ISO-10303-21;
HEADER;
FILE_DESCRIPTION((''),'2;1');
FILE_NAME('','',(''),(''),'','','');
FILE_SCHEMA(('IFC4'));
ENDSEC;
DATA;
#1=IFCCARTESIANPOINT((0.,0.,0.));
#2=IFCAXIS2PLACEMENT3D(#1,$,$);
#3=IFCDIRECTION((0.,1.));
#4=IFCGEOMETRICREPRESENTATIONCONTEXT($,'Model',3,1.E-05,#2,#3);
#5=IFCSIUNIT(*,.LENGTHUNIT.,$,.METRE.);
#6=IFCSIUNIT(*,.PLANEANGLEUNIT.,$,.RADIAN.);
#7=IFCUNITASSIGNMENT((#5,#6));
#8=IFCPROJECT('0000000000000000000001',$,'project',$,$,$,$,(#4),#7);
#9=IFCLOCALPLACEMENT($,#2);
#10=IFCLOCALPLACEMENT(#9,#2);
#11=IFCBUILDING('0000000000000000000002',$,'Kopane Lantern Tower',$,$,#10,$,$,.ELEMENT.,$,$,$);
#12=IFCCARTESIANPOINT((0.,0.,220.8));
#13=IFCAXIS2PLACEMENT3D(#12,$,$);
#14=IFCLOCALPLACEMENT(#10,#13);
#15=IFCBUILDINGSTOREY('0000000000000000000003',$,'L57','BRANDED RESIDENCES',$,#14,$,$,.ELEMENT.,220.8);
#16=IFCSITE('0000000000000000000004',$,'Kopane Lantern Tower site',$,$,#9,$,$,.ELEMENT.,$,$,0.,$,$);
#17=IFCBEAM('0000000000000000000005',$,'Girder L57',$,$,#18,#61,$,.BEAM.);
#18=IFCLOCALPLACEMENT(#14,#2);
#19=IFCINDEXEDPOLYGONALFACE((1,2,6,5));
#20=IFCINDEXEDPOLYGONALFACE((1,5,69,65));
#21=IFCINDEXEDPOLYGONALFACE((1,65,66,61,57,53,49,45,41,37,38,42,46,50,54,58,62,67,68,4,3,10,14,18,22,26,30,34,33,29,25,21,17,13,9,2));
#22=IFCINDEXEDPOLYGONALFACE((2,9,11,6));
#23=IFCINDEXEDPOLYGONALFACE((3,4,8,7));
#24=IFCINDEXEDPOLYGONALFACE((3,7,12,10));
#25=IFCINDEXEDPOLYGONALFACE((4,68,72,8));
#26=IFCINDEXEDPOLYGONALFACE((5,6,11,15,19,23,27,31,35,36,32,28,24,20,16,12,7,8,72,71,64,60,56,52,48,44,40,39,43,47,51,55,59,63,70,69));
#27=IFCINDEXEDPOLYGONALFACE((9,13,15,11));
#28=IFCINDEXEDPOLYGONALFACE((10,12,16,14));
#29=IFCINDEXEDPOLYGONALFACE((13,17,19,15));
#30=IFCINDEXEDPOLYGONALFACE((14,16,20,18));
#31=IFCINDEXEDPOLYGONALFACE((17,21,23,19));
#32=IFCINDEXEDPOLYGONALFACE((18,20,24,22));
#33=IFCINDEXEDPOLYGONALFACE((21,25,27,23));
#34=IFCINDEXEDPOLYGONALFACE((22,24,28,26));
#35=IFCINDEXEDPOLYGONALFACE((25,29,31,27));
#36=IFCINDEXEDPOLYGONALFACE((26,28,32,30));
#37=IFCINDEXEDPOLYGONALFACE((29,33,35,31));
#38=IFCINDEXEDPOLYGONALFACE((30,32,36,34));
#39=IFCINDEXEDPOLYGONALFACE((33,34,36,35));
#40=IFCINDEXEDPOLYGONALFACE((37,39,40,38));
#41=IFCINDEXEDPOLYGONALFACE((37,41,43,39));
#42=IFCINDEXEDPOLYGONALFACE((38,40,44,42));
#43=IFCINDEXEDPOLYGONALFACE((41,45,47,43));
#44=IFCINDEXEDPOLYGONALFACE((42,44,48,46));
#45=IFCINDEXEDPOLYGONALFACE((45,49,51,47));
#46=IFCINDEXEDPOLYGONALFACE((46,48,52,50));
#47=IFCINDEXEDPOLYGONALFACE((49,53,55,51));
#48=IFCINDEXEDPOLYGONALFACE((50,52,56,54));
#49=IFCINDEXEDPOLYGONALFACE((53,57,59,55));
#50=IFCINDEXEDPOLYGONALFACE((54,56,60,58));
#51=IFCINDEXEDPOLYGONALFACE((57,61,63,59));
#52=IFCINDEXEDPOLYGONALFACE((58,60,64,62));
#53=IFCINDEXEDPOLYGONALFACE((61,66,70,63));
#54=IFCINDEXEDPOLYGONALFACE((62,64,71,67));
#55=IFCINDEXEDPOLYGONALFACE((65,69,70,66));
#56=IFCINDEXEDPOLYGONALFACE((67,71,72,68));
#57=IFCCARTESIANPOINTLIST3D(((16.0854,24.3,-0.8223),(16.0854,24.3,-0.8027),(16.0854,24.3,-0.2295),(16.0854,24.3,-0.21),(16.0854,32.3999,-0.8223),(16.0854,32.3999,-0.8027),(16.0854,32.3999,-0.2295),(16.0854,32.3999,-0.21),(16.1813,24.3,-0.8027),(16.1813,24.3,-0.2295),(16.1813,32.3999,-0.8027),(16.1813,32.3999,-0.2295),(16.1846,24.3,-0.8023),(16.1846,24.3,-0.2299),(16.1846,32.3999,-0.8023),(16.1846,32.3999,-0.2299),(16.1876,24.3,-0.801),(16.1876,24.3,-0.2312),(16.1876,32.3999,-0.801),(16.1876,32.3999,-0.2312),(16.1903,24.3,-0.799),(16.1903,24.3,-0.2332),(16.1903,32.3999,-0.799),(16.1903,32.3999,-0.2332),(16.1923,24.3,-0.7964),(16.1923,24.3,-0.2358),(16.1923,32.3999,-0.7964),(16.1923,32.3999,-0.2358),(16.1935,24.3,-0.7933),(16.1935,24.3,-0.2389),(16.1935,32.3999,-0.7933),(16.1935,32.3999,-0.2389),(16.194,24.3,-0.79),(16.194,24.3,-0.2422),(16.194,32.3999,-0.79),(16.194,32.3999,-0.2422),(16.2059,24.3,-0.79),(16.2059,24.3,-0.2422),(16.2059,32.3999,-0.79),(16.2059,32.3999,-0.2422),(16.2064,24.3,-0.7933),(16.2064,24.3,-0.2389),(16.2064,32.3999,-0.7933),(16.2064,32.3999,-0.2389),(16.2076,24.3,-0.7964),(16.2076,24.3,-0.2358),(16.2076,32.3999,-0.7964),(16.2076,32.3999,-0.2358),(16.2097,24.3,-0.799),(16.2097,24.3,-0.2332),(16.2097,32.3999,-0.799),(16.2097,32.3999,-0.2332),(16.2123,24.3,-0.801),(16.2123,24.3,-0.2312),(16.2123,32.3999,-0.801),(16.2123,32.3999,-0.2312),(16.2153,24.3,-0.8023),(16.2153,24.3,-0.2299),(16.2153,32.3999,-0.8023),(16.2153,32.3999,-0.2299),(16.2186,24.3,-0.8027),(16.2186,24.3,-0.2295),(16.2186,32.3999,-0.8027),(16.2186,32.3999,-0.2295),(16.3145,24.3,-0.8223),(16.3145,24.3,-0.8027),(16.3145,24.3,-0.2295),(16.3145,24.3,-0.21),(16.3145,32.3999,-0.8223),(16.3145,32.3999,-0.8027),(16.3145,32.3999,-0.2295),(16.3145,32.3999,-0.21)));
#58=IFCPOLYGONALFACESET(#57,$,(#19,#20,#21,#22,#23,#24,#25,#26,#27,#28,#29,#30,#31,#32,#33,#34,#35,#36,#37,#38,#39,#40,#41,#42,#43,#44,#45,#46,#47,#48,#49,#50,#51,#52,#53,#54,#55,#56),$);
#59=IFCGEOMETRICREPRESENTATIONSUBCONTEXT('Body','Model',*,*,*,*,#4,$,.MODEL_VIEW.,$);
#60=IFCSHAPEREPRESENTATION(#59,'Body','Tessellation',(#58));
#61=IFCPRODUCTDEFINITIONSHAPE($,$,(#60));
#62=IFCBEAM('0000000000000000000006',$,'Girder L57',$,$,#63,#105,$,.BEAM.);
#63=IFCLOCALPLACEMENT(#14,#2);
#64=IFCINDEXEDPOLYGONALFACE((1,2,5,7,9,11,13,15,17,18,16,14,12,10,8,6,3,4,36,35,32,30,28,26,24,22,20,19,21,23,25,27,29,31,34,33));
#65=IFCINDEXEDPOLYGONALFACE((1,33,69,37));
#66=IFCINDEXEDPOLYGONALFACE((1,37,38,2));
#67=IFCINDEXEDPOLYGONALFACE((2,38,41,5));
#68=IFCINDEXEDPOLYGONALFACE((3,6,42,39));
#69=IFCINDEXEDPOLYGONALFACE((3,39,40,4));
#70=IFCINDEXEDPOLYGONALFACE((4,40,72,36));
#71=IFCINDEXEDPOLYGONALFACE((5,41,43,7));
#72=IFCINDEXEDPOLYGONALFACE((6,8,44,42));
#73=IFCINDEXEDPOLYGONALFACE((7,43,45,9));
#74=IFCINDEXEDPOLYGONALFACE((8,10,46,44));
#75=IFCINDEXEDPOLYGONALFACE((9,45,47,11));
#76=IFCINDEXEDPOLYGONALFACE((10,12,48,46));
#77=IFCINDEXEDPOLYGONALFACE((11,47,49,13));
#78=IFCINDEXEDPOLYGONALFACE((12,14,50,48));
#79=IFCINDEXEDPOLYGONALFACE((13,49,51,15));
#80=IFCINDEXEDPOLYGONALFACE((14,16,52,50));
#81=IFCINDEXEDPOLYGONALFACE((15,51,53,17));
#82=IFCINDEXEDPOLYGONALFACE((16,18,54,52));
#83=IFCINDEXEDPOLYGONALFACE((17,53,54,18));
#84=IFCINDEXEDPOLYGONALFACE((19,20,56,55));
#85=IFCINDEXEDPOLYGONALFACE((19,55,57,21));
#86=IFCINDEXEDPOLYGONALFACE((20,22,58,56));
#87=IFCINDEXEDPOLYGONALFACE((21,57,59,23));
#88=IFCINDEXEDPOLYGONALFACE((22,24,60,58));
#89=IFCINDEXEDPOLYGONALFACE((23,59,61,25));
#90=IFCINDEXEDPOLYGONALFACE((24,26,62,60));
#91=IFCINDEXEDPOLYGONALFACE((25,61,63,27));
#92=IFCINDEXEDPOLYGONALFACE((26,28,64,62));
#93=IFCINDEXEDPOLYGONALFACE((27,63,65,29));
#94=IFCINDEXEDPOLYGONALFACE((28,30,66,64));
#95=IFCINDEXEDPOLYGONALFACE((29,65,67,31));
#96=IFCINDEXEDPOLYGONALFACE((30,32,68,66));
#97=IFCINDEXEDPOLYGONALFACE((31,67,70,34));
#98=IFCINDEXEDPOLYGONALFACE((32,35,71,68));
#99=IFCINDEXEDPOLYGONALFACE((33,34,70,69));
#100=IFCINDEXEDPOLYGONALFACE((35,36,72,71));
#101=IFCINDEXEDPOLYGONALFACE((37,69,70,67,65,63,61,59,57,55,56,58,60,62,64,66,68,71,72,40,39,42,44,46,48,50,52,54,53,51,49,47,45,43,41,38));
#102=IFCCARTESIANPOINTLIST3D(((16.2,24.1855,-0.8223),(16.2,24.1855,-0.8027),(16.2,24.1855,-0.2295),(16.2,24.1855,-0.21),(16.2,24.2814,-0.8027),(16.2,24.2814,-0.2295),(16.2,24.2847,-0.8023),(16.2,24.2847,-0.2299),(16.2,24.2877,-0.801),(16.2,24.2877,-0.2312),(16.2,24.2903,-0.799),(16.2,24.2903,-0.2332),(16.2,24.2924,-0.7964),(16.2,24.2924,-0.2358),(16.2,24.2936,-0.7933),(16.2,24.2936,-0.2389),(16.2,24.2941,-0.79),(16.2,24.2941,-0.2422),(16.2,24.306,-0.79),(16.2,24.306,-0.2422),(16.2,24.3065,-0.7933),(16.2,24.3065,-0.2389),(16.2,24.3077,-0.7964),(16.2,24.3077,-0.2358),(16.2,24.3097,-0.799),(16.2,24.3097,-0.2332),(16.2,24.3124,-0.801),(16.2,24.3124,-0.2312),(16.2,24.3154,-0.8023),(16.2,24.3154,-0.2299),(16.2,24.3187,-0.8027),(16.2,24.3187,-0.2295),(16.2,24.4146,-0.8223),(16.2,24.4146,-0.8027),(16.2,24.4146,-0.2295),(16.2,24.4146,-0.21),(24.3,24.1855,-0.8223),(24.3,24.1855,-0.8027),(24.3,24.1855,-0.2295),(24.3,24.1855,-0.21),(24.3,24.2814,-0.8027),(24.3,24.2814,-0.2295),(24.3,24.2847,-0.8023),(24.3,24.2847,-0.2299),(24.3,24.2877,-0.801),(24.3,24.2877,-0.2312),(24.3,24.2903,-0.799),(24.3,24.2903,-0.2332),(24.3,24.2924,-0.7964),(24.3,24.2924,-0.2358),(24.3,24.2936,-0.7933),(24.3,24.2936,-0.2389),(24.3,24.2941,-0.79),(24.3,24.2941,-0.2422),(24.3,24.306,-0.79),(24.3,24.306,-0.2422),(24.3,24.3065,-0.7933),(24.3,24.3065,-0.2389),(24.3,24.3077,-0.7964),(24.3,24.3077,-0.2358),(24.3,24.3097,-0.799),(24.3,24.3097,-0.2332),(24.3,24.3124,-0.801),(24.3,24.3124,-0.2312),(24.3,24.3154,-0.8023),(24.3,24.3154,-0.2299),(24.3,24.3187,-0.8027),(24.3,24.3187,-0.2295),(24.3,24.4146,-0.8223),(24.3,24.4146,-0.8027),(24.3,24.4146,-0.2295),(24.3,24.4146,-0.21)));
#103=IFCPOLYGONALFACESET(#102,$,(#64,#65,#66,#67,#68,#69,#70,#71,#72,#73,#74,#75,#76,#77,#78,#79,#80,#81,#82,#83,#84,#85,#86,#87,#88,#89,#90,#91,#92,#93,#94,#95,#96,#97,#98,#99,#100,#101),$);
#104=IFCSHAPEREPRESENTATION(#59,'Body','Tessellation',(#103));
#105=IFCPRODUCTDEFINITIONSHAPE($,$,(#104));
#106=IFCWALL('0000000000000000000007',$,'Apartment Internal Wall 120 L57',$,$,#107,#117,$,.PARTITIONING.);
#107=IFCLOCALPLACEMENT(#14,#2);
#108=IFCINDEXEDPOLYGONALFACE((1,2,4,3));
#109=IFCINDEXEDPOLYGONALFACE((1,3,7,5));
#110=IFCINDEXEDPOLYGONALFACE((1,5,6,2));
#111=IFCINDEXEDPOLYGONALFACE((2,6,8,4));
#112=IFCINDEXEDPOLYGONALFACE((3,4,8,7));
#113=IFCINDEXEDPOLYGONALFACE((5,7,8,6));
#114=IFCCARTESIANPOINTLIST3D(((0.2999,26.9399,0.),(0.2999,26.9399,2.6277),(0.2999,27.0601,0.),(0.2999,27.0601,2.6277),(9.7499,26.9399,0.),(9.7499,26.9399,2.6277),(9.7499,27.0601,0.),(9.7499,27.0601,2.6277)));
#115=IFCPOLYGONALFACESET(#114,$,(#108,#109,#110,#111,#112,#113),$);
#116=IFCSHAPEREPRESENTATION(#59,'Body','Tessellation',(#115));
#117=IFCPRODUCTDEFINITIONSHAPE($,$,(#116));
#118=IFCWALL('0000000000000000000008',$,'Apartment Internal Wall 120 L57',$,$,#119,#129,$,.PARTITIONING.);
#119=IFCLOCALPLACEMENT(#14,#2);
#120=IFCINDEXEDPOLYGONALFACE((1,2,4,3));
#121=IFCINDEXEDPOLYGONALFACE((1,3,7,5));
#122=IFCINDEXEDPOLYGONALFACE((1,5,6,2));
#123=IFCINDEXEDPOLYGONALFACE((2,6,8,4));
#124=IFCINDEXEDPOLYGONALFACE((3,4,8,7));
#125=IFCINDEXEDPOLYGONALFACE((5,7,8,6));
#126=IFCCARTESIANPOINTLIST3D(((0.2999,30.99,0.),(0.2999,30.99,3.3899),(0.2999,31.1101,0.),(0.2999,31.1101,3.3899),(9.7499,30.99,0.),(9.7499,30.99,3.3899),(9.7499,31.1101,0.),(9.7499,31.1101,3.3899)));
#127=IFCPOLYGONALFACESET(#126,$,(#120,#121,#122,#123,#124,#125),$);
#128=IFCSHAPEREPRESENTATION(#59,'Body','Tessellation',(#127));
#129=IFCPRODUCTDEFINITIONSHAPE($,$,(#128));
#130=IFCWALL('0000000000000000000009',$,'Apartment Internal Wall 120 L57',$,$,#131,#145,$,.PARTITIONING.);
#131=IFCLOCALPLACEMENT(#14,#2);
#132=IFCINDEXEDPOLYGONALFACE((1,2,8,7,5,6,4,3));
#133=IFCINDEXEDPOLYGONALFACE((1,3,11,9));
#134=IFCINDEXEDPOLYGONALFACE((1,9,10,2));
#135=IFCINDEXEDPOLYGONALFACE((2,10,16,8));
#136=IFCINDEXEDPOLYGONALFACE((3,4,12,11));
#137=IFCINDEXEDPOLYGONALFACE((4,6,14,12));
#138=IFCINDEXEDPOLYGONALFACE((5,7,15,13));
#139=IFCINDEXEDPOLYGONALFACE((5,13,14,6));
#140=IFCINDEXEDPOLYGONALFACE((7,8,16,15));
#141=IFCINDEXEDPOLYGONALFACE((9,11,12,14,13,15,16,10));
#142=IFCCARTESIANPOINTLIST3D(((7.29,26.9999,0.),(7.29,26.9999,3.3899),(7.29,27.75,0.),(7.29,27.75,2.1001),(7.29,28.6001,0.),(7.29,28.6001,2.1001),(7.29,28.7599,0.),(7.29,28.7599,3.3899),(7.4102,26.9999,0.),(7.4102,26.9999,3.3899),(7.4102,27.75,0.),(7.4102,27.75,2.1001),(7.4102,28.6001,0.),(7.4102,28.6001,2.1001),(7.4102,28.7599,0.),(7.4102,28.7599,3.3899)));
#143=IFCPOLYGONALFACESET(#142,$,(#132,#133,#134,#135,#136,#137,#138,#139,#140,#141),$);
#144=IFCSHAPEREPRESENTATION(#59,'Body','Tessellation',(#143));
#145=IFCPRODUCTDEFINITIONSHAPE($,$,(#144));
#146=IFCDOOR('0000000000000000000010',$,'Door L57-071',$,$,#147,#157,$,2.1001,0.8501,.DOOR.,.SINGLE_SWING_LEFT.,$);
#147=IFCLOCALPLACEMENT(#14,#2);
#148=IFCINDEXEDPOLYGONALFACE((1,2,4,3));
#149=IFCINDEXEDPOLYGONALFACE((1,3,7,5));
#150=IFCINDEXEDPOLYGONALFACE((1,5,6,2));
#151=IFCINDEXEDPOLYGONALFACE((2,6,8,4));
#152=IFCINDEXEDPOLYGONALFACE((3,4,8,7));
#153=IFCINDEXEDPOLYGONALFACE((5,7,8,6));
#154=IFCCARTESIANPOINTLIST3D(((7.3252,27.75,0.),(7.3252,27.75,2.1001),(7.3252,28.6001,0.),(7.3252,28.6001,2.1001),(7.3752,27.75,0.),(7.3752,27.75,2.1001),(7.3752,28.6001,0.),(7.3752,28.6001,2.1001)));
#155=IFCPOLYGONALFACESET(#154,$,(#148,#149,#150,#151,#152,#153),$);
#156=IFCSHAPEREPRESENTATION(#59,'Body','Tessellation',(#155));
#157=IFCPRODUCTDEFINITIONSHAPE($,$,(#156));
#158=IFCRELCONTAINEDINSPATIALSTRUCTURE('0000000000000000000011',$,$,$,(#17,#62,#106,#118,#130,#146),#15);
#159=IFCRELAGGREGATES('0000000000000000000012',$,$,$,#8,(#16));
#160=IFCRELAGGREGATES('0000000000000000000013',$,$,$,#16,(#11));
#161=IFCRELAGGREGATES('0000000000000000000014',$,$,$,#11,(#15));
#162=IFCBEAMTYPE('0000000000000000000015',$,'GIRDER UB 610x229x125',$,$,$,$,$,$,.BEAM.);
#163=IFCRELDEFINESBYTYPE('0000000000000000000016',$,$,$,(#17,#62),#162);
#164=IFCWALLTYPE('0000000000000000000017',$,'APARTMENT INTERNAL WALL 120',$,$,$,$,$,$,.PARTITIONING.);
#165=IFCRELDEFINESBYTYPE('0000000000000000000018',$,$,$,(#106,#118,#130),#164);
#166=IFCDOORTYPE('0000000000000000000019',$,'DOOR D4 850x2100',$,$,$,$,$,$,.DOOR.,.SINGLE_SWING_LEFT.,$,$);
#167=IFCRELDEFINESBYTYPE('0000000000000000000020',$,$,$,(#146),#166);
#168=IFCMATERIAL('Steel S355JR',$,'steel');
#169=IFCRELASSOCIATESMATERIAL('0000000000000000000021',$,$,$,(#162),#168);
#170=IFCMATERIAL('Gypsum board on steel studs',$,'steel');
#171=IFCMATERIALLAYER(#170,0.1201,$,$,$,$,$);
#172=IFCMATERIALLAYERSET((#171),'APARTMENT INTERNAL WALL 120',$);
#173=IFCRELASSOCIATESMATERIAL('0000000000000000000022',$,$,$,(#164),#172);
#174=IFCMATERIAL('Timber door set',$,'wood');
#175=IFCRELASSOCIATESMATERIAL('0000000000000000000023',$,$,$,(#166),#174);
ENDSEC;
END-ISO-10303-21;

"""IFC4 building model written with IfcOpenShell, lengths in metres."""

from ifc_helpers import new_model, si_unit, direction, frame, frame_2d, origin, origin_2d, place, context, subcontext, project, spatial, rectangle, i_section, extrude, material, layer, layer_set, material_profile, profile_set, type_object, element, fill, save


model = new_model("IFC4")

# Units and contexts
model_context = context("Model", 3, precision=1e-05, world=origin(), true_north=direction((0.0, 1.0)))
body_context = subcontext(model_context, "Body", "Model", "MODEL_VIEW")
ifc_project = project(units=[si_unit("LENGTHUNIT", "METRE"), si_unit("PLANEANGLEUNIT", "RADIAN")], contexts=[model_context])

# Site, building, storey
site_placement = place(None, origin())
site = spatial("IfcSite", under=ifc_project, at=site_placement, Name="Kopane Lantern Tower site", CompositionType="ELEMENT", RefElevation=0.0)
building_placement = place(site_placement, origin())
building = spatial("IfcBuilding", under=site, at=building_placement, Name="Kopane Lantern Tower", CompositionType="ELEMENT")
storey_placement = place(building_placement, frame((0.0, 0.0, 220.8)))
storey = spatial("IfcBuildingStorey", under=building, at=storey_placement, Name="L57", Description="BRANDED RESIDENCES", CompositionType="ELEMENT", Elevation=220.8)

# Beams
ifc_material_1 = material(Name="Steel S355JR", Category="steel")
ifc_material_profile_1 = material_profile(ifc_material_1, i_section(OverallWidth=0.229, OverallDepth=0.6123, WebThickness=0.012, FlangeThickness=0.0195, FilletRadius=0.0127, at=origin_2d()), Name="UB 610x229x125")
ifc_profile_set_1 = profile_set([ifc_material_profile_1], Name="Steel S355JR")
beam_type = type_object("IfcBeamType", Name="GIRDER UB 610x229x125", PredefinedType="BEAM", material=ifc_profile_set_1)
for number, where, z_axis, x_axis, name in (
    (1, (16.2, 24.3, -0.5161), (0.0, 1.0, 0.0), (-1.0, 0.0, 0.0), "Girder L57"),
):
    element("IfcBeam", number, at=place(storey_placement, frame(where, z_axis=z_axis, x_axis=x_axis)), inside=storey, type_object=beam_type, Name=name, PredefinedType="BEAM", context=body_context, shape_type="SweptSolid", body=[
        extrude(i_section(OverallWidth=0.229, OverallDepth=0.6123, WebThickness=0.012, FlangeThickness=0.0195, FilletRadius=0.0127, at=origin_2d()), origin(), (0.0, 0.0, 1.0), 8.0999),
    ])
beam_placement = place(storey_placement, frame((16.2, 24.3, -0.5161), z_axis=(1.0, 0.0, 0.0), x_axis=(0.0, 1.0, 0.0)))
element("IfcBeam", 2, at=beam_placement, inside=storey, type_object=beam_type, Name="Girder L57", PredefinedType="BEAM", context=body_context, shape_type="SweptSolid", body=[
    extrude(i_section(OverallWidth=0.229, OverallDepth=0.6123, WebThickness=0.012, FlangeThickness=0.0195, FilletRadius=0.0127, at=origin_2d()), origin(), (0.0, 0.0, 1.0), 8.1001),
])

# Walls
ifc_material_2 = material(Name="Gypsum board on steel studs", Category="steel")
ifc_layer_1 = layer(ifc_material_2, 0.1201)
ifc_layer_set_1 = layer_set([ifc_layer_1], Name="APARTMENT INTERNAL WALL 120")
wall_type_1 = type_object("IfcWallType", Name="APARTMENT INTERNAL WALL 120", PredefinedType="PARTITIONING", material=ifc_layer_set_1)
wall_1_placement = place(storey_placement, frame((9.75, 27.0, 0.0), z_axis=(0.0, 0.0, 1.0), x_axis=(-1.0, 0.0, 0.0)))
element("IfcWall", 3, at=wall_1_placement, inside=storey, type_object=wall_type_1, Name="Apartment Internal Wall 120 L57", PredefinedType="PARTITIONING", context=body_context, shape_type="SweptSolid", body=[
    extrude(rectangle(XDim=9.45, YDim=0.1201, at=frame_2d((4.7251, 0.0))), origin(), (0.0, 0.0, 1.0), 2.6277),
])
wall_2_placement = place(storey_placement, frame((9.75, 31.05, 0.0), z_axis=(0.0, 0.0, 1.0), x_axis=(-1.0, 0.0, 0.0)))
element("IfcWall", 4, at=wall_2_placement, inside=storey, type_object=wall_type_1, Name="Apartment Internal Wall 120 L57", PredefinedType="PARTITIONING", context=body_context, shape_type="SweptSolid", body=[
    extrude(rectangle(XDim=9.45, YDim=0.1201, at=frame_2d((4.7251, 0.0))), origin(), (0.0, 0.0, 1.0), 3.3899),
])

# Wall, opening, door
wall_3_placement = place(storey_placement, frame((7.3501, 27.0, 0.0), z_axis=(0.0, 0.0, 1.0), x_axis=(0.0, 1.0, 0.0)))
wall_3 = element("IfcWall", 5, at=wall_3_placement, inside=storey, type_object=wall_type_1, Name="Apartment Internal Wall 120 L57", PredefinedType="PARTITIONING", context=body_context, shape_type="SweptSolid", body=[
    extrude(rectangle(XDim=1.76, YDim=0.1201, at=frame_2d((0.8799, 0.0))), origin(), (0.0, 0.0, 1.0), 3.3899),
])
opening_1_placement = place(wall_3_placement, frame((0.75, 0.0, 0.0)))
opening_1 = element("IfcOpeningElement", 6, at=opening_1_placement, cuts=wall_3, PredefinedType="OPENING", context=body_context, shape_type="SweptSolid", body=[
    extrude(rectangle(XDim=0.8501, YDim=2.1001, at=frame_2d((0.425, 1.05))), frame((0.0, 0.0701, 0.0), z_axis=(0.0, -1.0, 0.0), x_axis=(1.0, 0.0, 0.0)), (0.0, 0.0, 1.0), 0.1401),
])
ifc_material_3 = material(Name="Timber door set", Category="wood")
door_type_1 = type_object("IfcDoorType", Name="DOOR D4 850x2100", OperationType="SINGLE_SWING_LEFT", PredefinedType="DOOR", material=ifc_material_3)
door_1_placement = place(opening_1_placement, origin())
door_1 = element("IfcDoor", 7, at=door_1_placement, inside=storey, type_object=door_type_1, Name="Door L57-071", OperationType="SINGLE_SWING_LEFT", OverallHeight=2.1001, OverallWidth=0.8501, PredefinedType="DOOR", context=body_context, shape_type="SweptSolid", body=[
    extrude(rectangle(XDim=0.8501, YDim=2.1001, at=frame_2d((0.425, 1.05))), frame((0.0, 0.0249, 0.0), z_axis=(0.0, -1.0, 0.0), x_axis=(1.0, 0.0, 0.0)), (0.0, 0.0, 1.0), 0.05),
])
fill(opening_1, door_1)

save(model, "model.ifc")
